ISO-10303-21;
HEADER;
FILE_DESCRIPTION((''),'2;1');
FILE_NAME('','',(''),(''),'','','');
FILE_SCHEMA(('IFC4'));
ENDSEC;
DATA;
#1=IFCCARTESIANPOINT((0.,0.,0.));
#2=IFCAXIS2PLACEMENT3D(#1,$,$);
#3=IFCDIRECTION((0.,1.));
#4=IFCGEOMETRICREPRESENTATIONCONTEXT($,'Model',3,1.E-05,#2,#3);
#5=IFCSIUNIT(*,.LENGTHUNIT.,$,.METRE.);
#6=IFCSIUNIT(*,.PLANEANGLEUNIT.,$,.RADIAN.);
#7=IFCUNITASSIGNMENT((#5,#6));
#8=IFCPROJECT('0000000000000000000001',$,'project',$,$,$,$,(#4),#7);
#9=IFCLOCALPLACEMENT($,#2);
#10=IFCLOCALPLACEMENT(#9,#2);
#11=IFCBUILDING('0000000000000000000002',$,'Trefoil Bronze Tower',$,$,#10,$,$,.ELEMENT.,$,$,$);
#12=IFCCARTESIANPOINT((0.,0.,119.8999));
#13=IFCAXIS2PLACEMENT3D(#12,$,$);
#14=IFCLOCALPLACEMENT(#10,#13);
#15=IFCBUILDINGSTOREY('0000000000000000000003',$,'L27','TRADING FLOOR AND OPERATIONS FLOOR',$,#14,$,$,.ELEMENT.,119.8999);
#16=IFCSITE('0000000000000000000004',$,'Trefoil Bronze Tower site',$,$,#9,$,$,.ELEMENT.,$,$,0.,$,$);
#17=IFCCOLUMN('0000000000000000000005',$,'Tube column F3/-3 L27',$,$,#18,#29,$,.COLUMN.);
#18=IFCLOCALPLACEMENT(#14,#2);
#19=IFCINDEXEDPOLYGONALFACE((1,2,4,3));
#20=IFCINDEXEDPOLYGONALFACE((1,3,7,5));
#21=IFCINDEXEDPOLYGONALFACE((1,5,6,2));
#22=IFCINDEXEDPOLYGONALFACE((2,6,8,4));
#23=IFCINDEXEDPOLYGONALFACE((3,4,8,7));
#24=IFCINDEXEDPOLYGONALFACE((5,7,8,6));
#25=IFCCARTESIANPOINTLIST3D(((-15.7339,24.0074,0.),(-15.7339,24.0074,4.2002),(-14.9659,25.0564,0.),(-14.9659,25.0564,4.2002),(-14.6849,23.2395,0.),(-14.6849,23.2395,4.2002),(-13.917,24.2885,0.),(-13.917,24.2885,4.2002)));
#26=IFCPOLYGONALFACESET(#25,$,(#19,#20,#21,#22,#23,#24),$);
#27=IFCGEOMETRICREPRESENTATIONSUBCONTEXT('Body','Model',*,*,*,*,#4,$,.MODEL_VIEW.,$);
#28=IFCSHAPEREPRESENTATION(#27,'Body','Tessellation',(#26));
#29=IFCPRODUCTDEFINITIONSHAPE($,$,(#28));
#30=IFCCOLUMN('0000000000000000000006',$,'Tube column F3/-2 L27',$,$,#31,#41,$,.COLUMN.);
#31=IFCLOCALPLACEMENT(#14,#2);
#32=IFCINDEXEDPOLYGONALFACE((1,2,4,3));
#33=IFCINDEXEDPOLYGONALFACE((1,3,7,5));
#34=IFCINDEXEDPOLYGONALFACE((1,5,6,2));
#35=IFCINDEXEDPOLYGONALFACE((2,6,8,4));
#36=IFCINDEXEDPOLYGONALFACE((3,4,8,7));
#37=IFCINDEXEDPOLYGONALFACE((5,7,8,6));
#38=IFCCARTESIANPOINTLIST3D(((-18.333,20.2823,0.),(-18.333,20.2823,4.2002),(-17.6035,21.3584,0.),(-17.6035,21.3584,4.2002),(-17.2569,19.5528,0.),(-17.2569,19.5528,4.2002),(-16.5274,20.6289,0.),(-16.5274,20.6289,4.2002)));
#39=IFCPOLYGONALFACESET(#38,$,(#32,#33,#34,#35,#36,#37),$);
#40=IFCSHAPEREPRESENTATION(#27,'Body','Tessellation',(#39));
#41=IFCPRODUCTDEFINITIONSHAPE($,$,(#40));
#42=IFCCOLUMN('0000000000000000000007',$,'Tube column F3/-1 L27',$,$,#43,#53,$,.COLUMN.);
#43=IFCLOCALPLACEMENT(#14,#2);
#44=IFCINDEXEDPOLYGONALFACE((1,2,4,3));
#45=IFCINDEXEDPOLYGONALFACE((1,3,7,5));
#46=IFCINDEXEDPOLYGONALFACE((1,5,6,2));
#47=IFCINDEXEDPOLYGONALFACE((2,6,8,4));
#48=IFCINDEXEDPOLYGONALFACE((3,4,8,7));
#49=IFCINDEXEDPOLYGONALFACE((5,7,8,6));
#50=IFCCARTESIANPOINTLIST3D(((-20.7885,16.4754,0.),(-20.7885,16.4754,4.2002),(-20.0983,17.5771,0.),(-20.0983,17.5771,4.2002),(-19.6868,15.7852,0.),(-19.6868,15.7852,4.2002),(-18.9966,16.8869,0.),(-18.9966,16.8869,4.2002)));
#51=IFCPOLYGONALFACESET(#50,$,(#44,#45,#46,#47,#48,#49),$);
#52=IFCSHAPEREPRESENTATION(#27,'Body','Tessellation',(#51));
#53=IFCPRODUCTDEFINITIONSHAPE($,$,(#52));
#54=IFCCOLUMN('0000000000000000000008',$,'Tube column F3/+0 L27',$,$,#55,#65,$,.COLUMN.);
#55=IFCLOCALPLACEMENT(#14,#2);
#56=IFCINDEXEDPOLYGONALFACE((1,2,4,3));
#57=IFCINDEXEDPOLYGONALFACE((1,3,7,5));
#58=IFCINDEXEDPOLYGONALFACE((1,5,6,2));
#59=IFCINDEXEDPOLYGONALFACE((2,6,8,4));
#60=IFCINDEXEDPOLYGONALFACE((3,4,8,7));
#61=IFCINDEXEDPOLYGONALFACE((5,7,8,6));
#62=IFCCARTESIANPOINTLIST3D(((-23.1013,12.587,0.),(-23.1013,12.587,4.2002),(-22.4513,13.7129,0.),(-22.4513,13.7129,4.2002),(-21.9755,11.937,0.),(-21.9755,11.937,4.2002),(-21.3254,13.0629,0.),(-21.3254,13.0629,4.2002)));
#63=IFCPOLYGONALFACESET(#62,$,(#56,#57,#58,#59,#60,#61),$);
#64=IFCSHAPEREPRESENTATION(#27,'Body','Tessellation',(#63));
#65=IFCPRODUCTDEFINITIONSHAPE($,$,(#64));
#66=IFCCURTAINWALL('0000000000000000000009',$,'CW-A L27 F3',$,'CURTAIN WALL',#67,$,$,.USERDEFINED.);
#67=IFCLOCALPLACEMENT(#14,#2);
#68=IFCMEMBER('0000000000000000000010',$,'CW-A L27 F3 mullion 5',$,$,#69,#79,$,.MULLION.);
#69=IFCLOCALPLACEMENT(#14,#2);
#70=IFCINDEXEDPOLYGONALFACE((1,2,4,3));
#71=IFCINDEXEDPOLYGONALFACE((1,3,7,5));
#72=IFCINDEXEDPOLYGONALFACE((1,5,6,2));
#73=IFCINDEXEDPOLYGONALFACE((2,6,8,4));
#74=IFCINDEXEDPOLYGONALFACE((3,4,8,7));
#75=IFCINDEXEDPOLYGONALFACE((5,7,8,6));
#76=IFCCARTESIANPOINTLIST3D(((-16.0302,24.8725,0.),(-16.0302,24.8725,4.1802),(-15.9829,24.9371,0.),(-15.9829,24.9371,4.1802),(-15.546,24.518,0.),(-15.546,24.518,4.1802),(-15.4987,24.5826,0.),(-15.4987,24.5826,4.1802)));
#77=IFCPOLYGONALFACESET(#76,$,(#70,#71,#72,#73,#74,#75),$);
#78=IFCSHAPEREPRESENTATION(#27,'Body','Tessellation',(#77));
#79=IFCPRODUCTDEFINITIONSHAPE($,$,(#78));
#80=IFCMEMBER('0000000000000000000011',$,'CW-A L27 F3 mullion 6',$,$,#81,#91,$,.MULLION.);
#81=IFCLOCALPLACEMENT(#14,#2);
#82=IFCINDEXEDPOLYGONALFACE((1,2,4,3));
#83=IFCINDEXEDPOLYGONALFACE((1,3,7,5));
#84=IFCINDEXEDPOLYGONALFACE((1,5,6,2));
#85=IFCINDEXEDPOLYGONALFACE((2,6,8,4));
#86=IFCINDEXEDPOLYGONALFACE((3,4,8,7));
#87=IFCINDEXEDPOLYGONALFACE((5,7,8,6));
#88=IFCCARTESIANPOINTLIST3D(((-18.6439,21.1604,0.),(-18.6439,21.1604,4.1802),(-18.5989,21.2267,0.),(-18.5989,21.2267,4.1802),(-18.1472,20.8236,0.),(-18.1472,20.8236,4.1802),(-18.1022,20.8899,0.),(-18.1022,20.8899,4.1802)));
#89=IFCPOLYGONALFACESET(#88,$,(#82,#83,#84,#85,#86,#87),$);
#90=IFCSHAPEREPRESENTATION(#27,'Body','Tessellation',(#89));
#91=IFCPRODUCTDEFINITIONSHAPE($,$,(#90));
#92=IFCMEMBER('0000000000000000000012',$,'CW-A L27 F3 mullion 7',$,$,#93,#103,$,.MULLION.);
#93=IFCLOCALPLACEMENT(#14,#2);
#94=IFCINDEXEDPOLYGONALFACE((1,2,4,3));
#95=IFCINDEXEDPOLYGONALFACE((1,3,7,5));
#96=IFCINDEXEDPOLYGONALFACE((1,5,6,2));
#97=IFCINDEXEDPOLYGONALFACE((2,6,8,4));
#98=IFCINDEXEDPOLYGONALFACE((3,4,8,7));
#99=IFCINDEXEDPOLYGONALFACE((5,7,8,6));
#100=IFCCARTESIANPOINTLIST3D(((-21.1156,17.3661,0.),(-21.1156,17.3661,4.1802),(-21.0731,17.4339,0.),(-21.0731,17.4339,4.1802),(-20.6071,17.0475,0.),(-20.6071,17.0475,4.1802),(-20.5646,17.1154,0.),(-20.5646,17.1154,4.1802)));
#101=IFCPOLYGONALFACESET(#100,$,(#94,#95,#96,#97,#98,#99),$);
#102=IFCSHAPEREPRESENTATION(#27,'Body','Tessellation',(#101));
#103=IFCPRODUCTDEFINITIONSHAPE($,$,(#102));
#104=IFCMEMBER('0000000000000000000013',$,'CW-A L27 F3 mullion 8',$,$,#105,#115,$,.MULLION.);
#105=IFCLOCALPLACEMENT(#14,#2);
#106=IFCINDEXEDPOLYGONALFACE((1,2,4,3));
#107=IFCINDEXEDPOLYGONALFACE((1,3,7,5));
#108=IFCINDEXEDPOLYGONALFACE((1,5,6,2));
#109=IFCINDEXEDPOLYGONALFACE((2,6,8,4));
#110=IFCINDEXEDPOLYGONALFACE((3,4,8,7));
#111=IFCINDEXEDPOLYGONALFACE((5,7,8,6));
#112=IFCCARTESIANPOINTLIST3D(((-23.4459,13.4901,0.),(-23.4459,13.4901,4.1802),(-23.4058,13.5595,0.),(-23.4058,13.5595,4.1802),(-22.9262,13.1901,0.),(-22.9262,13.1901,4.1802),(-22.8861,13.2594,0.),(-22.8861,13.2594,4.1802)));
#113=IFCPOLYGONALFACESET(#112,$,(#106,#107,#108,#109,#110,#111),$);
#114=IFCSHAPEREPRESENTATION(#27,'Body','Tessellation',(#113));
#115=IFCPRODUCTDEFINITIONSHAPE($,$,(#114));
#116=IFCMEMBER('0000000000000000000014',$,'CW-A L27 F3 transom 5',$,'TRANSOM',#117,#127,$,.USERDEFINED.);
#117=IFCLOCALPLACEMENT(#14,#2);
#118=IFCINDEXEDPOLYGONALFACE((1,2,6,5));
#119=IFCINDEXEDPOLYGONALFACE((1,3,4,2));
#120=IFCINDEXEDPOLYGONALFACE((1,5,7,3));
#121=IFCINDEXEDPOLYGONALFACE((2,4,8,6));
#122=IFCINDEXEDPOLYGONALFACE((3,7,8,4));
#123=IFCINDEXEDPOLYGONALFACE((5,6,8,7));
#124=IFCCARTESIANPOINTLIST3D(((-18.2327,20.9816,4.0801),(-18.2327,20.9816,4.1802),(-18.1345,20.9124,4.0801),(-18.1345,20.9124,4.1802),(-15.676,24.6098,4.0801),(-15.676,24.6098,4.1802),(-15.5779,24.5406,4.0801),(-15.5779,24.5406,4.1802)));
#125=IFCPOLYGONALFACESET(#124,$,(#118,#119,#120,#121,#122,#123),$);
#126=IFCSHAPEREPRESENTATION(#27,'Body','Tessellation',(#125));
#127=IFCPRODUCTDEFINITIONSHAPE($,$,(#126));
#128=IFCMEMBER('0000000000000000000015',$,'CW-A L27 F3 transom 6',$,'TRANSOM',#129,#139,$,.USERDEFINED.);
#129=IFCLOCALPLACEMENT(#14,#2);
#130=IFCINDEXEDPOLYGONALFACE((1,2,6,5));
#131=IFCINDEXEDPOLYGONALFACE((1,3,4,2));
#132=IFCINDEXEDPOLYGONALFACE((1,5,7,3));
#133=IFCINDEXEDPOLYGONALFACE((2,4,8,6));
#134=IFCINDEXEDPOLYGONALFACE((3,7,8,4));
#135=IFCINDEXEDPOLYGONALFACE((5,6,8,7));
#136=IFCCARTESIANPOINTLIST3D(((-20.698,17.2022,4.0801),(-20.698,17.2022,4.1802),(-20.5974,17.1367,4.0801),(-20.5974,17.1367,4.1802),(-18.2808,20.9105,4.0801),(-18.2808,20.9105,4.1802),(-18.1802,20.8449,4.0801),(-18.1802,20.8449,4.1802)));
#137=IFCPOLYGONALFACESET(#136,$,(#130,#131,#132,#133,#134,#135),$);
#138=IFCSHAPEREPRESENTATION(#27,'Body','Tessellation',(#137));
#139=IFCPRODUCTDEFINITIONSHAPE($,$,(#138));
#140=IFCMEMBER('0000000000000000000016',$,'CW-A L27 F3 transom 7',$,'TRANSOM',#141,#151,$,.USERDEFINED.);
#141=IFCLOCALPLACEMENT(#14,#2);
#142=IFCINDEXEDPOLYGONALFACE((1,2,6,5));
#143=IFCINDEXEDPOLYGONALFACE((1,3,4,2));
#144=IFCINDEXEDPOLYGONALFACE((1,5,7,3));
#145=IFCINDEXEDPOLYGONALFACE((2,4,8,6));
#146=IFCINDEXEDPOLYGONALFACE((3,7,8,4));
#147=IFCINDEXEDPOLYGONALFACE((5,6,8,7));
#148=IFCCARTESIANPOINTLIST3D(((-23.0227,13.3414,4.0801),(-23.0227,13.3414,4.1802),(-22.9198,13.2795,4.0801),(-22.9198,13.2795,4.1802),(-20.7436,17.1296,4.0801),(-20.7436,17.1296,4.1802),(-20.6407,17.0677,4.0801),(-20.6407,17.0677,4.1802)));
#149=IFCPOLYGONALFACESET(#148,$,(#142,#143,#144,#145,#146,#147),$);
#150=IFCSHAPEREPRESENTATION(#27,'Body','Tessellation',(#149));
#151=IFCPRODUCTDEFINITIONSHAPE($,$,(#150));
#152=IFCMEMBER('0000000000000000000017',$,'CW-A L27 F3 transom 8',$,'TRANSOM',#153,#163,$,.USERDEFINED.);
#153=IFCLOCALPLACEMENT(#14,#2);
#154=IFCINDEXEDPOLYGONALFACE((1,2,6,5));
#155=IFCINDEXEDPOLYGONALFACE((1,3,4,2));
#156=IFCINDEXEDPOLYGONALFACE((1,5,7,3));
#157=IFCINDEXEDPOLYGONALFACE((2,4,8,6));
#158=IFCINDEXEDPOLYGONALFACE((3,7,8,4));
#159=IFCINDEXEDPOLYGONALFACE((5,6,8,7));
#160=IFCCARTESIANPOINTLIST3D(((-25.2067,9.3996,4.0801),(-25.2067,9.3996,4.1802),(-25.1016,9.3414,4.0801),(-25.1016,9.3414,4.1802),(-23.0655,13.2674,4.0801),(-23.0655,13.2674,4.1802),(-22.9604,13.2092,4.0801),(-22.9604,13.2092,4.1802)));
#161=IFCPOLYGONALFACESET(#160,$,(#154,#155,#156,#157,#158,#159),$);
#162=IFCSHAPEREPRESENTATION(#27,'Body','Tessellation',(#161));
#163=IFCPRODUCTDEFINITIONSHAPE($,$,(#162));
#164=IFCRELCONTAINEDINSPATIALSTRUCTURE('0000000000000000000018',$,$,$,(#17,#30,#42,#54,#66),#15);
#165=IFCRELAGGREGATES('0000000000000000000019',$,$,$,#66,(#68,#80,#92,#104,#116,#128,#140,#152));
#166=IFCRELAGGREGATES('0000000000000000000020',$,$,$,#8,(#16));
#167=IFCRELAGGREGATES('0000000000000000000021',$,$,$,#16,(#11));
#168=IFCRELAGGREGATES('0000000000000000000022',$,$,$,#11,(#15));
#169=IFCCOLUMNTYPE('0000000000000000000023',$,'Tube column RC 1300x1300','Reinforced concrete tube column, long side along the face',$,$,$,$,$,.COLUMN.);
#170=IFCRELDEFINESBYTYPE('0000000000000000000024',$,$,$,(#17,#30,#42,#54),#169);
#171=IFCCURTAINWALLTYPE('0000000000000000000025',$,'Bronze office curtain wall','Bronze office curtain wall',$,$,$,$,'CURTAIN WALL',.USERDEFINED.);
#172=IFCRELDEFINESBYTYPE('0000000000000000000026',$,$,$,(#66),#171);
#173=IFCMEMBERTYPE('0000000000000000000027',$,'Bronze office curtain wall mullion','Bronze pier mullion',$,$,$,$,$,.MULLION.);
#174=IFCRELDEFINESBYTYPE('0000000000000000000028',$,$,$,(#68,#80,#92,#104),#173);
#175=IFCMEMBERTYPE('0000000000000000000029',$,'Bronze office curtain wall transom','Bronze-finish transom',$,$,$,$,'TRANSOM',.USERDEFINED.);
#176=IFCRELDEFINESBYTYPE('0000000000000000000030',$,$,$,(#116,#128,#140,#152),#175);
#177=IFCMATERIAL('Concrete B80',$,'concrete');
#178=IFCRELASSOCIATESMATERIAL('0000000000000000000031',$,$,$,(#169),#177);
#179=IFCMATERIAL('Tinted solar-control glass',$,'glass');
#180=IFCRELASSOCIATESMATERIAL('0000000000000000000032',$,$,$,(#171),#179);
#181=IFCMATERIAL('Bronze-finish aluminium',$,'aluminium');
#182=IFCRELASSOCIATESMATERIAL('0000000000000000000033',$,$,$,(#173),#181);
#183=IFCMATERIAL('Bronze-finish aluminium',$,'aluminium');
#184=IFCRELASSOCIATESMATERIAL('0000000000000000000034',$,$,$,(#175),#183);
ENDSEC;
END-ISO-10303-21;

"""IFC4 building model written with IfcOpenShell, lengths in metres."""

from ifc_helpers import new_model, si_unit, direction, frame, origin, origin_2d, place, context, subcontext, project, spatial, rectangle, extrude, material, material_profile, profile_set, type_object, element, aggregate, save


model = new_model("IFC4")

# Units and contexts
model_context = context("Model", 3, precision=1e-05, world=origin(), true_north=direction((0.0, 1.0)))
body_context = subcontext(model_context, "Body", "Model", "MODEL_VIEW")
ifc_project = project(units=[si_unit("LENGTHUNIT", "METRE"), si_unit("PLANEANGLEUNIT", "RADIAN")], contexts=[model_context])

# Site, building, storey
site_placement = place(None, origin())
site = spatial("IfcSite", under=ifc_project, at=site_placement, Name="Trefoil Bronze Tower site", CompositionType="ELEMENT", RefElevation=0.0)
building_placement = place(site_placement, origin())
building = spatial("IfcBuilding", under=site, at=building_placement, Name="Trefoil Bronze Tower", CompositionType="ELEMENT")
storey_placement = place(building_placement, frame((0.0, 0.0, 119.8999)))
storey = spatial("IfcBuildingStorey", under=building, at=storey_placement, Name="L27", Description="TRADING FLOOR AND OPERATIONS FLOOR", CompositionType="ELEMENT", Elevation=119.8999)

# Columns
ifc_material_1 = material(Name="Concrete B80", Category="concrete")
ifc_material_profile_1 = material_profile(ifc_material_1, rectangle(XDim=1.3, YDim=1.3, at=origin_2d()), Name="RC 1300x1300")
ifc_profile_set_1 = profile_set([ifc_material_profile_1], Name="Concrete B80")
column_type = type_object("IfcColumnType", Name="Tube column RC 1300x1300", Description="Reinforced concrete tube column, long side along the face", PredefinedType="COLUMN", material=ifc_profile_set_1)
for number, where, z_axis, x_axis, name in (
    (1, (-14.8254, 24.1479, 0.0), (0.0, 0.0, 1.0), (-0.590723, -0.806875, 0.0), "Tube column F3/-3 L27"),
    (2, (-17.4302, 20.4556, 0.0), (0.0, 0.0, 1.0), (-0.561136, -0.827724, 0.0), "Tube column F3/-2 L27"),
    (3, (-19.8926, 16.6812, 0.0), (0.0, 0.0, 1.0), (-0.530893, -0.847439, 0.0), "Tube column F3/-1 L27"),
    (4, (-22.2134, 12.825, 0.0), (0.0, 0.0, 1.0), (-0.5, -0.866025, 0.0), "Tube column F3/+0 L27"),
):
    element("IfcColumn", number, at=place(storey_placement, frame(where, z_axis=z_axis, x_axis=x_axis)), inside=storey, type_object=column_type, Name=name, PredefinedType="COLUMN", context=body_context, shape_type="SweptSolid", body=[
        extrude(rectangle(XDim=1.3, YDim=1.3, at=origin_2d()), origin(), (0.0, 0.0, 1.0), 4.2002),
    ])

# Curtain wall, members
ifc_material_2 = material(Name="Tinted solar-control glass", Category="glass")
curtain_wall_type = type_object("IfcCurtainWallType", Name="Bronze office curtain wall", Description="Bronze office curtain wall", ElementType="CURTAIN WALL", PredefinedType="USERDEFINED", material=ifc_material_2)
curtain_wall_placement = place(storey_placement, origin())
curtain_wall = element("IfcCurtainWall", 5, at=curtain_wall_placement, inside=storey, type_object=curtain_wall_type, Name="CW-A L27 F3", ObjectType="CURTAIN WALL", PredefinedType="USERDEFINED")
ifc_material_3 = material(Name="Bronze-finish aluminium", Category="aluminium")
ifc_material_profile_2 = material_profile(ifc_material_3, rectangle(XDim=0.6001, YDim=0.0801, at=origin_2d()), Name="CW-A mullion")
ifc_profile_set_2 = profile_set([ifc_material_profile_2], Name="Bronze-finish aluminium")
member_type_1 = type_object("IfcMemberType", Name="Bronze office curtain wall mullion", Description="Bronze pier mullion", PredefinedType="MULLION", material=ifc_profile_set_2)
member_1_placement = place(storey_placement, frame((-15.7644, 24.7275, 0.0), z_axis=(0.0, 0.0, 1.0), x_axis=(0.806875, -0.590723, 0.0)))
member_1 = element("IfcMember", 6, at=member_1_placement, type_object=member_type_1, Name="CW-A L27 F3 mullion 5", PredefinedType="MULLION", context=body_context, shape_type="SweptSolid", body=[
    extrude(rectangle(XDim=0.6001, YDim=0.0801, at=origin_2d()), origin(), (0.0, 0.0, 1.0), 4.1802),
])
member_2_placement = place(storey_placement, frame((-18.373, 21.0251, 0.0), z_axis=(0.0, 0.0, 1.0), x_axis=(0.827724, -0.561136, 0.0)))
member_2 = element("IfcMember", 7, at=member_2_placement, type_object=member_type_1, Name="CW-A L27 F3 mullion 6", PredefinedType="MULLION", context=body_context, shape_type="SweptSolid", body=[
    extrude(rectangle(XDim=0.6001, YDim=0.0801, at=origin_2d()), origin(), (0.0, 0.0, 1.0), 4.1802),
])
member_3_placement = place(storey_placement, frame((-20.8401, 17.2407, 0.0), z_axis=(0.0, 0.0, 1.0), x_axis=(0.847439, -0.530893, 0.0)))
member_3 = element("IfcMember", 8, at=member_3_placement, type_object=member_type_1, Name="CW-A L27 F3 mullion 7", PredefinedType="MULLION", context=body_context, shape_type="SweptSolid", body=[
    extrude(rectangle(XDim=0.6001, YDim=0.0801, at=origin_2d()), origin(), (0.0, 0.0, 1.0), 4.1802),
])
member_4_placement = place(storey_placement, frame((-23.166, 13.3748, 0.0), z_axis=(0.0, 0.0, 1.0), x_axis=(0.866025, -0.5, 0.0)))
member_4 = element("IfcMember", 9, at=member_4_placement, type_object=member_type_1, Name="CW-A L27 F3 mullion 8", PredefinedType="MULLION", context=body_context, shape_type="SweptSolid", body=[
    extrude(rectangle(XDim=0.6001, YDim=0.0801, at=origin_2d()), origin(), (0.0, 0.0, 1.0), 4.1802),
])
ifc_material_4 = material(Name="Bronze-finish aluminium", Category="aluminium")
ifc_material_profile_3 = material_profile(ifc_material_4, rectangle(XDim=0.1201, YDim=0.1001, at=origin_2d()), Name="CW-A transom")
ifc_profile_set_3 = profile_set([ifc_material_profile_3], Name="Bronze-finish aluminium")
member_type_2 = type_object("IfcMemberType", Name="Bronze office curtain wall transom", Description="Bronze-finish transom", ElementType="TRANSOM", PredefinedType="USERDEFINED", material=ifc_profile_set_3)
member_5_placement = place(storey_placement, frame((-15.627, 24.5752, 4.1301), z_axis=(-0.576018, -0.817437, 0.0), x_axis=(0.817437, -0.576018, 0.0)))
member_5 = element("IfcMember", 10, at=member_5_placement, type_object=member_type_2, Name="CW-A L27 F3 transom 5", ObjectType="TRANSOM", PredefinedType="USERDEFINED", context=body_context, shape_type="SweptSolid", body=[
    extrude(rectangle(XDim=0.1201, YDim=0.1001, at=origin_2d()), origin(), (0.0, 0.0, 1.0), 4.4385),
])
member_6_placement = place(storey_placement, frame((-18.2305, 20.8777, 4.1301), z_axis=(-0.546079, -0.837733, 0.0), x_axis=(0.837733, -0.546079, 0.0)))
member_6 = element("IfcMember", 11, at=member_6_placement, type_object=member_type_2, Name="CW-A L27 F3 transom 6", ObjectType="TRANSOM", PredefinedType="USERDEFINED", context=body_context, shape_type="SweptSolid", body=[
    extrude(rectangle(XDim=0.1201, YDim=0.1001, at=origin_2d()), origin(), (0.0, 0.0, 1.0), 4.4265),
])
member_7_placement = place(storey_placement, frame((-20.6921, 17.0986, 4.1301), z_axis=(-0.515527, -0.856873, 0.0), x_axis=(0.856873, -0.515527, 0.0)))
member_7 = element("IfcMember", 12, at=member_7_placement, type_object=member_type_2, Name="CW-A L27 F3 transom 7", ObjectType="TRANSOM", PredefinedType="USERDEFINED", context=body_context, shape_type="SweptSolid", body=[
    extrude(rectangle(XDim=0.1201, YDim=0.1001, at=origin_2d()), origin(), (0.0, 0.0, 1.0), 4.4209),
])
member_8_placement = place(storey_placement, frame((-23.0129, 13.2383, 4.1301), z_axis=(-0.484329, -0.874886, 0.0), x_axis=(0.874886, -0.484329, 0.0)))
member_8 = element("IfcMember", 13, at=member_8_placement, type_object=member_type_2, Name="CW-A L27 F3 transom 8", ObjectType="TRANSOM", PredefinedType="USERDEFINED", context=body_context, shape_type="SweptSolid", body=[
    extrude(rectangle(XDim=0.1201, YDim=0.1001, at=origin_2d()), origin(), (0.0, 0.0, 1.0), 4.4209),
])

aggregate(curtain_wall, [member_1, member_2, member_3, member_4, member_5, member_6, member_7, member_8])

save(model, "model.ifc")
